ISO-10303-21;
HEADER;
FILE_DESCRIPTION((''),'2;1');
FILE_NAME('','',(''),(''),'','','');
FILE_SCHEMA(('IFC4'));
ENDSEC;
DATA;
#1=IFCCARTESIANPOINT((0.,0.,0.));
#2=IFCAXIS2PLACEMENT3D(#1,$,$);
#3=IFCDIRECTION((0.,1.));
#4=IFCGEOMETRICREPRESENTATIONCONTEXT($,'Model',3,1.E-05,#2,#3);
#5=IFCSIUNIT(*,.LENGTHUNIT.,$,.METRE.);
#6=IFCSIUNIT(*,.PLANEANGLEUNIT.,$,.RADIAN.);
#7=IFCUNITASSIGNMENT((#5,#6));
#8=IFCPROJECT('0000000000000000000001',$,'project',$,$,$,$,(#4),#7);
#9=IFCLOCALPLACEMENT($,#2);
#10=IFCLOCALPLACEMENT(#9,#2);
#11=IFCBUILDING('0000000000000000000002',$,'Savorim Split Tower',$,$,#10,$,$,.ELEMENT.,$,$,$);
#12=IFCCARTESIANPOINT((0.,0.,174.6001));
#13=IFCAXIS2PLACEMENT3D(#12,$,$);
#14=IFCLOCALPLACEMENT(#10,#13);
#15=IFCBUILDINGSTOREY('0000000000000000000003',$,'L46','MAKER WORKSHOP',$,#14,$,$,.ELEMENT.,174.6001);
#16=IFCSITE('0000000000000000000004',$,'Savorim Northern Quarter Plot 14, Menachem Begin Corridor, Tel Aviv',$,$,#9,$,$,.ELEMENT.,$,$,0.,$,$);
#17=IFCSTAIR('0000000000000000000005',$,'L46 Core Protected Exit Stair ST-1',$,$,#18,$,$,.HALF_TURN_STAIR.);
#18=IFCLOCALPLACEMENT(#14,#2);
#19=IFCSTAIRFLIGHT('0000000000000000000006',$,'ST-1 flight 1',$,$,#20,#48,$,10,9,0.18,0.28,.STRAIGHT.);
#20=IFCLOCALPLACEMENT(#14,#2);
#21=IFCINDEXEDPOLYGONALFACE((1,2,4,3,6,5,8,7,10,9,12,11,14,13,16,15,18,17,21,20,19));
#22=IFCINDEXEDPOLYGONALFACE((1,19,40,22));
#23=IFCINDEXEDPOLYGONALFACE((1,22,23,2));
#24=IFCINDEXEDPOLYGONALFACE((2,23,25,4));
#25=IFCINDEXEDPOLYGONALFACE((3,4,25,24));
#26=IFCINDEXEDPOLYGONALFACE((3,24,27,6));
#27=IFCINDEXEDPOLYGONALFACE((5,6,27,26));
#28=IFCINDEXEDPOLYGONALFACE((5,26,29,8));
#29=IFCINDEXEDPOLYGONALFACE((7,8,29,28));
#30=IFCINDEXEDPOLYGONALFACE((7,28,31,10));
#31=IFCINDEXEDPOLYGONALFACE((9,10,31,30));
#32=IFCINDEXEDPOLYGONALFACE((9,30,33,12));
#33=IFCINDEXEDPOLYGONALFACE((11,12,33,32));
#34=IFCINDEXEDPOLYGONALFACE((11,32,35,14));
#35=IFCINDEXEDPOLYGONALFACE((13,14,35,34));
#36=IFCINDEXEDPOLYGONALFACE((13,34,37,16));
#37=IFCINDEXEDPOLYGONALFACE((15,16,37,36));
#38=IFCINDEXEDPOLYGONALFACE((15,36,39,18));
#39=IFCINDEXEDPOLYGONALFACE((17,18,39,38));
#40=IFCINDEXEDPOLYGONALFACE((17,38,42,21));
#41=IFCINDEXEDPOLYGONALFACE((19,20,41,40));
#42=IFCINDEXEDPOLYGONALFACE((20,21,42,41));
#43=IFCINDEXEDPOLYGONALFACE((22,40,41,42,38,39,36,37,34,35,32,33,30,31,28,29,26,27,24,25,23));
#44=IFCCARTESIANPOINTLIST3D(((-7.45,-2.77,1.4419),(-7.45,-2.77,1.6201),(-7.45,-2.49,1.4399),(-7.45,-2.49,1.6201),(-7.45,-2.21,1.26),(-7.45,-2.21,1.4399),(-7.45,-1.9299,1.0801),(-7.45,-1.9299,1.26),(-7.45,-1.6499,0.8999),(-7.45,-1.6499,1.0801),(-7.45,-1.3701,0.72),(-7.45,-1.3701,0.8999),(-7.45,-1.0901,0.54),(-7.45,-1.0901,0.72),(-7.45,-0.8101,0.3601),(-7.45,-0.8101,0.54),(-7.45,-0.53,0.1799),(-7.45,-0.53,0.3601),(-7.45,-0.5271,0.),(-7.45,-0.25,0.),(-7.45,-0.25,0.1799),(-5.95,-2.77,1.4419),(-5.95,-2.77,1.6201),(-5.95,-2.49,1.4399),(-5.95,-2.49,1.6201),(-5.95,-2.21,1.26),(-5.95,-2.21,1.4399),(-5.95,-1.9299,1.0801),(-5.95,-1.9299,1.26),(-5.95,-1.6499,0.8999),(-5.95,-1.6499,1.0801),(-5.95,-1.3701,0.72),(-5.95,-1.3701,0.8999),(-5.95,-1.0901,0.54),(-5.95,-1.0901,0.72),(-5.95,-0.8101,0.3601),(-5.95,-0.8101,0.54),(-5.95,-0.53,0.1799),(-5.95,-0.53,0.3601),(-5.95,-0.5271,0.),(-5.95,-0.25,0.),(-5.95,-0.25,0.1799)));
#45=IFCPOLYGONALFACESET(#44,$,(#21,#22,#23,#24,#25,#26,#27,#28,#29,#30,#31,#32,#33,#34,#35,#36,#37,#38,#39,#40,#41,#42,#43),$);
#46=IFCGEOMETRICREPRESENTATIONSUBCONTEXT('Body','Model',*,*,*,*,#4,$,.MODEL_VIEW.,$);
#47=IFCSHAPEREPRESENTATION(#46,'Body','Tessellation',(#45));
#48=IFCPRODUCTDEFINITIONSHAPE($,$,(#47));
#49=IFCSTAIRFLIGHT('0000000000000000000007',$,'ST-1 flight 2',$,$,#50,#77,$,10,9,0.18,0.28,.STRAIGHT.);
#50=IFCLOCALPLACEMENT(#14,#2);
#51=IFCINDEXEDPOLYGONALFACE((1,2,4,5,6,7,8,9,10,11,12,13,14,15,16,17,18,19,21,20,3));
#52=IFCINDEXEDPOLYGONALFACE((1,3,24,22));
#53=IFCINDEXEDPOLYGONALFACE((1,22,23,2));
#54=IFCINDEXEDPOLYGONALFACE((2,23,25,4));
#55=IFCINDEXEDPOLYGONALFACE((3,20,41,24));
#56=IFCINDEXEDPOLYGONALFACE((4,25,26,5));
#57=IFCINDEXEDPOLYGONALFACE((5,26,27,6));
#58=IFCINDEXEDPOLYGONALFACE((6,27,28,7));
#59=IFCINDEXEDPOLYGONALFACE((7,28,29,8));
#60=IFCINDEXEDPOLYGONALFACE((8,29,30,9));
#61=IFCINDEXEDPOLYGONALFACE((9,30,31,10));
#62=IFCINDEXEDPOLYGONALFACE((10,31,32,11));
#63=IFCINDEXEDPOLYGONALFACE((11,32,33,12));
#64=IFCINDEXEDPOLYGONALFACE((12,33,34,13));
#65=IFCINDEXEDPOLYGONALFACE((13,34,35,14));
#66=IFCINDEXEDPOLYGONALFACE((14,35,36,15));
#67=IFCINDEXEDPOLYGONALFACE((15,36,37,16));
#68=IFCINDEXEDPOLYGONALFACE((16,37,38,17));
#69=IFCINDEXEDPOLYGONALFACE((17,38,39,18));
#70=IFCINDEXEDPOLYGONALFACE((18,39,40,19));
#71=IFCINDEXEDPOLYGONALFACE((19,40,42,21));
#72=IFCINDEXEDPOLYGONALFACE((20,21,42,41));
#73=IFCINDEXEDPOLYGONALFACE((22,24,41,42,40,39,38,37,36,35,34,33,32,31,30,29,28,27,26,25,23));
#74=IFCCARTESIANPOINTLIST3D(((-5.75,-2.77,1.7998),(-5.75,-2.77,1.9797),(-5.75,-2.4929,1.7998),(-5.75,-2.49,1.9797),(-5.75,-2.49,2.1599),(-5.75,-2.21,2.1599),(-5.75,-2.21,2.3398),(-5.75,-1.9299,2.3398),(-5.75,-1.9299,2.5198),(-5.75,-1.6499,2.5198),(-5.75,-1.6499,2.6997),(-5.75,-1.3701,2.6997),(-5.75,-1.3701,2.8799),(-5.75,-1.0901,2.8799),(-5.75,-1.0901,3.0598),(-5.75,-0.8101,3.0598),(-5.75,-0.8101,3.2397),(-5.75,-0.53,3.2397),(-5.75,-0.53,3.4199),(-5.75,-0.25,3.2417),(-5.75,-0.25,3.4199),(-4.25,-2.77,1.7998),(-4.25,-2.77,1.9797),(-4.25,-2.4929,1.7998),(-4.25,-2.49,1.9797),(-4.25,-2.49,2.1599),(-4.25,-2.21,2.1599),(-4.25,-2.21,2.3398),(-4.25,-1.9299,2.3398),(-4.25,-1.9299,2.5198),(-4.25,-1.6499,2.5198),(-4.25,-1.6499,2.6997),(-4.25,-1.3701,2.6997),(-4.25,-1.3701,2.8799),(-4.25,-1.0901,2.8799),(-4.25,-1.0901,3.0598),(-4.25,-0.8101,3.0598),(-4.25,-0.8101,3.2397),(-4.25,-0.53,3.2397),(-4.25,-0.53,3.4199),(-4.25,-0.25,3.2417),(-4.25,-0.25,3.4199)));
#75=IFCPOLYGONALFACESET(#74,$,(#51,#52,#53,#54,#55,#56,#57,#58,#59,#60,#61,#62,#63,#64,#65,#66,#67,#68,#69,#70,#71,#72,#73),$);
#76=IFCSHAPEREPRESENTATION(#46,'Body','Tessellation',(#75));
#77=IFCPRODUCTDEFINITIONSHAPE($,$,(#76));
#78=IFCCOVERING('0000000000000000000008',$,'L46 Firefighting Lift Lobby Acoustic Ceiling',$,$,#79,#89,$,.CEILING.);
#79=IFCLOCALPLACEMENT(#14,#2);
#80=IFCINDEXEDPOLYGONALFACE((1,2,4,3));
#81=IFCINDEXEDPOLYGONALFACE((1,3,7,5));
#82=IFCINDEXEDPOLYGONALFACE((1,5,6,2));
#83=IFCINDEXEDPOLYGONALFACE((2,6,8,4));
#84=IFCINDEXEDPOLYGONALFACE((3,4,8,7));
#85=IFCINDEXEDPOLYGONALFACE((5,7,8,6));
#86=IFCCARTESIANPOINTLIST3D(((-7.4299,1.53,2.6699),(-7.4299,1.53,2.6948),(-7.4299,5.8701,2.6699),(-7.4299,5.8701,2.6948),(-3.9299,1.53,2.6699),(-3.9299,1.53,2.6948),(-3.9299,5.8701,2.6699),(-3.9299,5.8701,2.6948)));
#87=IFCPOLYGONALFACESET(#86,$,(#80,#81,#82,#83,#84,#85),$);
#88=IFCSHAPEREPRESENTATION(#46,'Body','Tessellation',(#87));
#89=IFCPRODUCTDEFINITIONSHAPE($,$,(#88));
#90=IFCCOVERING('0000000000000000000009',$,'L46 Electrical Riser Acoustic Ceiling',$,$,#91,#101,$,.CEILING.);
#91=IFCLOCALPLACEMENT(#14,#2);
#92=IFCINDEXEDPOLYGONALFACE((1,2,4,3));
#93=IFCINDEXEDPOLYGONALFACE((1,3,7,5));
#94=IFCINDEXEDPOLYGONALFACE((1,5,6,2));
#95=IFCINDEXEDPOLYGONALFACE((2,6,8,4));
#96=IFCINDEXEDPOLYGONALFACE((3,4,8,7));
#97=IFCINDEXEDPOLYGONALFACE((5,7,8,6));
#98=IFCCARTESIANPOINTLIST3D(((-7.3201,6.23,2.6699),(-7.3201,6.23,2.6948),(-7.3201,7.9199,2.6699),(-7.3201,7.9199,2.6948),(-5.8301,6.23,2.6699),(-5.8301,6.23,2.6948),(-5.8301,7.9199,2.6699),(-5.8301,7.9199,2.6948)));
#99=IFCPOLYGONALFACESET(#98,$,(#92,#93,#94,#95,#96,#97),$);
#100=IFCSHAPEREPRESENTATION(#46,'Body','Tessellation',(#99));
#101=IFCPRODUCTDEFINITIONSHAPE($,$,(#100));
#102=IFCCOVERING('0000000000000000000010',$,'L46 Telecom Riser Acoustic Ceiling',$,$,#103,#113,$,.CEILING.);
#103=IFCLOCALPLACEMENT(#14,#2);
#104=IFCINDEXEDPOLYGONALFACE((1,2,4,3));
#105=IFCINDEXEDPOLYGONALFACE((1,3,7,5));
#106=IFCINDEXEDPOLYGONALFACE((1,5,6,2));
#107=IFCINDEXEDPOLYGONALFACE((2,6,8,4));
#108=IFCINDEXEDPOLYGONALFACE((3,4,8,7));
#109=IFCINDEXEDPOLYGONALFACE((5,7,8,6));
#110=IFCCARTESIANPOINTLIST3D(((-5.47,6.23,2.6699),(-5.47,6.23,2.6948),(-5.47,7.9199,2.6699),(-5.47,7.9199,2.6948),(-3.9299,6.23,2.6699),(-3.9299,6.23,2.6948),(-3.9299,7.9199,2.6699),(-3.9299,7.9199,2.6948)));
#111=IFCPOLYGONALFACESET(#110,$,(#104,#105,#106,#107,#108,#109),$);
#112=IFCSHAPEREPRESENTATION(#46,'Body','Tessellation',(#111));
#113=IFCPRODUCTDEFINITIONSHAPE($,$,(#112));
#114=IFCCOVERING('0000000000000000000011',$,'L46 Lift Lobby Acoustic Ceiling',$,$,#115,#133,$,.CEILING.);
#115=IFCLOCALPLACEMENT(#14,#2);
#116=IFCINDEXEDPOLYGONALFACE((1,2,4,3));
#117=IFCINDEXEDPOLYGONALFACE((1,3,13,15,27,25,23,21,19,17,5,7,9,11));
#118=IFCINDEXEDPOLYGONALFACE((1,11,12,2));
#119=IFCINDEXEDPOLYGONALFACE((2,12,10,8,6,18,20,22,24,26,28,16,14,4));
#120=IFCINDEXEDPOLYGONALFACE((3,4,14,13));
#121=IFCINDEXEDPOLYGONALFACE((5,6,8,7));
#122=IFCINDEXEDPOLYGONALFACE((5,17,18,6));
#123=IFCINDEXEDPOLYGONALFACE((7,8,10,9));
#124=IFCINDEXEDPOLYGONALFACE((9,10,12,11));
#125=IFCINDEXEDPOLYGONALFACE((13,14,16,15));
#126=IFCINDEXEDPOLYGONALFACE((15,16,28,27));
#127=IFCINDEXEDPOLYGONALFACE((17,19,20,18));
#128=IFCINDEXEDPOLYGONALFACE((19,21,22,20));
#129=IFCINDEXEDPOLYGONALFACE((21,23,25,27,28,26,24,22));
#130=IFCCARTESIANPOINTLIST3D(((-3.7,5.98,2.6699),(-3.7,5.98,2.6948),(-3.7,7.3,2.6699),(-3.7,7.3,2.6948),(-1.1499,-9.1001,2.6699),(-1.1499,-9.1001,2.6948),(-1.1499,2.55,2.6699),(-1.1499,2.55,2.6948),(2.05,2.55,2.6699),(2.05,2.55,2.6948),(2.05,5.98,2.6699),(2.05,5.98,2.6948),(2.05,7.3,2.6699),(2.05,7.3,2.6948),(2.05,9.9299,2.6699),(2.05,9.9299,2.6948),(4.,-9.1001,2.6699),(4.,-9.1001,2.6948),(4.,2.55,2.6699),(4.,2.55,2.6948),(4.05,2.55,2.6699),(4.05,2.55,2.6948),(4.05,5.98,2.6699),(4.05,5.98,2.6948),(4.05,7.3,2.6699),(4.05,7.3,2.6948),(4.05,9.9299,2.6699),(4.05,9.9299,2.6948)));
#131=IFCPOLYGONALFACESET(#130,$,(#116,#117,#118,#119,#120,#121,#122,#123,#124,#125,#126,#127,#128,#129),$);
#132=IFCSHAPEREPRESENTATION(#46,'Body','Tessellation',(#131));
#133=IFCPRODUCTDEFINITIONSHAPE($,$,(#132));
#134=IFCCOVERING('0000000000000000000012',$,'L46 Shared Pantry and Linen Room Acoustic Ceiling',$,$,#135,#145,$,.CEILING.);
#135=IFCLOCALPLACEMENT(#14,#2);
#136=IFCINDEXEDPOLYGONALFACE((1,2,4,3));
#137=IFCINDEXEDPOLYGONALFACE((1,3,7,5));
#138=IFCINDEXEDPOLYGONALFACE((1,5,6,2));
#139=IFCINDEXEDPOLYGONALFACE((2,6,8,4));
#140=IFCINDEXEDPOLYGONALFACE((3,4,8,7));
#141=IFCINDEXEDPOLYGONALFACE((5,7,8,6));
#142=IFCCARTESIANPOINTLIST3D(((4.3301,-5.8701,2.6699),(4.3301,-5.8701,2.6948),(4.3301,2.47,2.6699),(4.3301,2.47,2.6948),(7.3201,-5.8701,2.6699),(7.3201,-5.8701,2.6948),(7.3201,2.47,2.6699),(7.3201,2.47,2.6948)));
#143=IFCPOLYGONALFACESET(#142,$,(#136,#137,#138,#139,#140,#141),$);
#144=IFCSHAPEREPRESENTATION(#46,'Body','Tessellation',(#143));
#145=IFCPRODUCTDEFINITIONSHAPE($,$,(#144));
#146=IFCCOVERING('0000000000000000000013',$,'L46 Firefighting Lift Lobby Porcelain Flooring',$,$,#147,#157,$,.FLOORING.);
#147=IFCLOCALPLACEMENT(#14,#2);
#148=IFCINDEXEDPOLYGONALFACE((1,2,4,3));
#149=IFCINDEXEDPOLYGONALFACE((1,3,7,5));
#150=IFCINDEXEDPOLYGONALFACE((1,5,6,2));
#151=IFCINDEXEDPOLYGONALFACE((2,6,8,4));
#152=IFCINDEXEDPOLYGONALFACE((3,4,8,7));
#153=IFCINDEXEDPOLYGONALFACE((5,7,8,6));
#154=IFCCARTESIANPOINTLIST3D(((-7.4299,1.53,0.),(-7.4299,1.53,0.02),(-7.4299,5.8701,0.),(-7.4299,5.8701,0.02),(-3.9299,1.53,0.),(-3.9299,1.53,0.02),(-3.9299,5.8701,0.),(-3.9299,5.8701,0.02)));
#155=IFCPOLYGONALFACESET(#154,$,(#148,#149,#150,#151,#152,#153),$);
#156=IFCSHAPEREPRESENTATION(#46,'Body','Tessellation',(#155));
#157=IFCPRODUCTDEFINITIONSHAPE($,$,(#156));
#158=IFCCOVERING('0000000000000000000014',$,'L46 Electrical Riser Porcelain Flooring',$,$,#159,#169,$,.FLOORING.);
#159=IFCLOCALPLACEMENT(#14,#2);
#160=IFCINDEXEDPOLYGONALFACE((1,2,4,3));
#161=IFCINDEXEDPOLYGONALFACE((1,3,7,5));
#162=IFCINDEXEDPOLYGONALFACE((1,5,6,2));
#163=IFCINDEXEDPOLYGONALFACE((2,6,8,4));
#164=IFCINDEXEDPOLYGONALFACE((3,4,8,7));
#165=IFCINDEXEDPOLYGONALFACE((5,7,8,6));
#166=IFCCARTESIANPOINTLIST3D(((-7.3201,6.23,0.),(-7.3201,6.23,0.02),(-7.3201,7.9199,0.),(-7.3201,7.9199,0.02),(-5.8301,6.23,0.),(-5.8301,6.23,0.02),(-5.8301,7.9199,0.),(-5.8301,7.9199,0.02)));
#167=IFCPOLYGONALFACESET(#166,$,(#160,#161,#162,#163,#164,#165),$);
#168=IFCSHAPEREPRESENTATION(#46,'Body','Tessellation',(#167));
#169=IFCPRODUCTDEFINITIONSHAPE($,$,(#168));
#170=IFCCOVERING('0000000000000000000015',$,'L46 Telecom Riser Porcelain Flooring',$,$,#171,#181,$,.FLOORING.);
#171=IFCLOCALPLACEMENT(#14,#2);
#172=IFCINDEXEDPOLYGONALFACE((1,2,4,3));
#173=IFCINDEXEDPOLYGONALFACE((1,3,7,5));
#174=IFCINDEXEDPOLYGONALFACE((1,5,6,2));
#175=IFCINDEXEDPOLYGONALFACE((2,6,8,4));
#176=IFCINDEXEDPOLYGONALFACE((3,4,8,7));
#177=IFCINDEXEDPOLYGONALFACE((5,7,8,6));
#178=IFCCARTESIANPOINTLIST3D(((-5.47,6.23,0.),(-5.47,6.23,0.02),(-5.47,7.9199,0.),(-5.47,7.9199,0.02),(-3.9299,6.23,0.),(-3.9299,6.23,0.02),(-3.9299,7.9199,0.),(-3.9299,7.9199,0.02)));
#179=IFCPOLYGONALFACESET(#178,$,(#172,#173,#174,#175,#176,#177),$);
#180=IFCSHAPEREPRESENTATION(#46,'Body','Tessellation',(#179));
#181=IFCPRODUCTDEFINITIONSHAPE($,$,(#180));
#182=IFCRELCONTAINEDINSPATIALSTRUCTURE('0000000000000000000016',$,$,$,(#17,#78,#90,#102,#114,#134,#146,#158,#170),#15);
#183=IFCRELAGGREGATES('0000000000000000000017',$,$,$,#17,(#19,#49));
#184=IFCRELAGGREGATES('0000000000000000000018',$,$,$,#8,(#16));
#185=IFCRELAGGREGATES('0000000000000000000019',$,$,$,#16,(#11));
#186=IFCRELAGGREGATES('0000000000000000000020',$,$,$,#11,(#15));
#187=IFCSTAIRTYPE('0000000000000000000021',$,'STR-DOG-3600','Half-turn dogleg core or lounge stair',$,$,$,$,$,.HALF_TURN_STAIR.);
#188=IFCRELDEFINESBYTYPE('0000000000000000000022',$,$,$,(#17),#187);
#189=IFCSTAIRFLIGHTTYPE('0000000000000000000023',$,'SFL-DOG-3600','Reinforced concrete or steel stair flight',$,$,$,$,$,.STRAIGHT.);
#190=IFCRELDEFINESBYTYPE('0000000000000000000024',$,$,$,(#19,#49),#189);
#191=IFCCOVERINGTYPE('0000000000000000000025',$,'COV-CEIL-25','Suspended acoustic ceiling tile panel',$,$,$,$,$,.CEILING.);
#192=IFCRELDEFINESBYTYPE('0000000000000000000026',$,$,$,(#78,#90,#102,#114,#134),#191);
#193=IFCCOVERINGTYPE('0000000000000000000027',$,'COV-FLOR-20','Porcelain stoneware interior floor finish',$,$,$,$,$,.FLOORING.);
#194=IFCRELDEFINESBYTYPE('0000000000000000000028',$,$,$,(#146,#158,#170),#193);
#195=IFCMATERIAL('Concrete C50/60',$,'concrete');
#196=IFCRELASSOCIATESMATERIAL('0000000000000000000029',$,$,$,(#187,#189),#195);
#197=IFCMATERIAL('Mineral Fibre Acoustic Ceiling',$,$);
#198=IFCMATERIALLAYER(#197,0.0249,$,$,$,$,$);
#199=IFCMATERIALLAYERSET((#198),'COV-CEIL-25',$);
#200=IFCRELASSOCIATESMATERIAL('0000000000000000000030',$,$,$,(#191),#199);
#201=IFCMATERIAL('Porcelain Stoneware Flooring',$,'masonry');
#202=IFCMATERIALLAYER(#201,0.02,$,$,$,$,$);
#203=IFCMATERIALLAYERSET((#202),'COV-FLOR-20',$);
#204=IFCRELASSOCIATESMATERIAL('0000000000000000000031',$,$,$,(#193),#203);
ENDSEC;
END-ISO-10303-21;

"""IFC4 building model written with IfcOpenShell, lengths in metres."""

from ifc_helpers import new_model, si_unit, direction, frame, origin, place, context, subcontext, project, spatial, polyline, outline, extrude, material, layer, layer_set, type_object, element, aggregate, save


model = new_model("IFC4")

# Units and contexts
model_context = context("Model", 3, precision=1e-05, world=origin(), true_north=direction((0.0, 1.0)))
body_context = subcontext(model_context, "Body", "Model", "MODEL_VIEW")
ifc_project = project(units=[si_unit("LENGTHUNIT", "METRE"), si_unit("PLANEANGLEUNIT", "RADIAN")], contexts=[model_context])

# Site, building, storey
site_placement = place(None, origin())
site = spatial("IfcSite", under=ifc_project, at=site_placement, Name="Savorim Northern Quarter Plot 14, Menachem Begin Corridor, Tel Aviv", CompositionType="ELEMENT", RefElevation=0.0)
building_placement = place(site_placement, origin())
building = spatial("IfcBuilding", under=site, at=building_placement, Name="Savorim Split Tower", CompositionType="ELEMENT")
storey_placement = place(building_placement, frame((0.0, 0.0, 174.6001)))
storey = spatial("IfcBuildingStorey", under=building, at=storey_placement, Name="L46", Description="MAKER WORKSHOP", CompositionType="ELEMENT", Elevation=174.6001)

# Shared definitions
ifc_material_1 = material(Name="Concrete C50/60", Category="concrete")

# Stair
stair_type = type_object("IfcStairType", Name="STR-DOG-3600", Description="Half-turn dogleg core or lounge stair", PredefinedType="HALF_TURN_STAIR", material=ifc_material_1)
stair_1_placement = place(storey_placement, origin())
stair_1 = element("IfcStair", 1, at=stair_1_placement, inside=storey, type_object=stair_type, Name="L46 Core Protected Exit Stair ST-1", PredefinedType="HALF_TURN_STAIR")

# Stair flights
stair_flight_type = type_object("IfcStairFlightType", Name="SFL-DOG-3600", Description="Reinforced concrete or steel stair flight", PredefinedType="STRAIGHT", material=ifc_material_1)
stair_flight_1_placement = place(storey_placement, frame((-6.7, -0.25, 0.0), z_axis=(0.0, 0.0, 1.0), x_axis=(0.0, -1.0, 0.0)))
stair_flight_1 = element("IfcStairFlight", 2, at=stair_flight_1_placement, type_object=stair_flight_type, Name="ST-1 flight 1", NumberOfRisers=10, NumberOfTreads=9, PredefinedType="STRAIGHT", RiserHeight=0.18, TreadLength=0.28, context=body_context, shape_type="SweptSolid", body=[
    extrude(outline(polyline([(0.0, 0.0), (0.0, 0.1799), (0.28, 0.1799), (0.28, 0.3601), (0.5601, 0.3601), (0.5601, 0.54), (0.8401, 0.54), (0.8401, 0.72), (1.1201, 0.72), (1.1201, 0.8999), (1.3999, 0.8999), (1.3999, 1.0801), (1.6799, 1.0801), (1.6799, 1.26), (1.96, 1.26), (1.96, 1.4399), (2.24, 1.4399), (2.24, 1.6201), (2.52, 1.6201), (2.52, 1.8), (2.52, 1.4419), (0.2771, 0.0), (0.0, 0.0)])), frame((0.0, 0.75, 0.0), z_axis=(0.0, -1.0, 0.0), x_axis=(1.0, 0.0, 0.0)), (0.0, 0.0, 1.0), 1.5),
])
stair_flight_2_placement = place(storey_placement, frame((-5.0, -2.77, 1.7998), z_axis=(0.0, 0.0, 1.0), x_axis=(0.0, 1.0, 0.0)))
stair_flight_2 = element("IfcStairFlight", 3, at=stair_flight_2_placement, type_object=stair_flight_type, Name="ST-1 flight 2", NumberOfRisers=10, NumberOfTreads=9, PredefinedType="STRAIGHT", RiserHeight=0.18, TreadLength=0.28, context=body_context, shape_type="SweptSolid", body=[
    extrude(outline(polyline([(0.0, 0.0), (0.0, 0.1799), (0.28, 0.1799), (0.28, 0.3601), (0.5601, 0.3601), (0.5601, 0.54), (0.8401, 0.54), (0.8401, 0.72), (1.1201, 0.72), (1.1201, 0.8999), (1.3999, 0.8999), (1.3999, 1.0801), (1.6799, 1.0801), (1.6799, 1.26), (1.96, 1.26), (1.96, 1.4399), (2.24, 1.4399), (2.24, 1.6201), (2.52, 1.6201), (2.52, 1.8), (2.52, 1.4419), (0.2771, 0.0), (0.0, 0.0)])), frame((0.0, 0.75, 0.0), z_axis=(0.0, -1.0, 0.0), x_axis=(1.0, 0.0, 0.0)), (0.0, 0.0, 1.0), 1.5),
])
aggregate(stair_1, [stair_flight_1, stair_flight_2])

# Coverings
ifc_material_2 = material(Name="Mineral Fibre Acoustic Ceiling")
ifc_layer_1 = layer(ifc_material_2, 0.0249)
ifc_layer_set_1 = layer_set([ifc_layer_1], Name="COV-CEIL-25")
covering_type_1 = type_object("IfcCoveringType", Name="COV-CEIL-25", Description="Suspended acoustic ceiling tile panel", PredefinedType="CEILING", material=ifc_layer_set_1)
covering_1_placement = place(storey_placement, frame((0.0, 0.0, 2.6699)))
element("IfcCovering", 4, at=covering_1_placement, inside=storey, type_object=covering_type_1, Name="L46 Firefighting Lift Lobby Acoustic Ceiling", PredefinedType="CEILING", context=body_context, shape_type="SweptSolid", body=[
    extrude(outline(polyline([(-7.4299, 5.8701), (-7.4299, 1.53), (-3.9299, 1.53), (-3.9299, 5.8701), (-7.4299, 5.8701)])), origin(), (0.0, 0.0, 1.0), 0.0249),
])
covering_2_placement = place(storey_placement, frame((0.0, 0.0, 2.6699)))
element("IfcCovering", 5, at=covering_2_placement, inside=storey, type_object=covering_type_1, Name="L46 Electrical Riser Acoustic Ceiling", PredefinedType="CEILING", context=body_context, shape_type="SweptSolid", body=[
    extrude(outline(polyline([(-7.3201, 7.9199), (-7.3201, 6.23), (-5.8301, 6.23), (-5.8301, 7.9199), (-7.3201, 7.9199)])), origin(), (0.0, 0.0, 1.0), 0.0249),
])
covering_3_placement = place(storey_placement, frame((0.0, 0.0, 2.6699)))
element("IfcCovering", 6, at=covering_3_placement, inside=storey, type_object=covering_type_1, Name="L46 Telecom Riser Acoustic Ceiling", PredefinedType="CEILING", context=body_context, shape_type="SweptSolid", body=[
    extrude(outline(polyline([(-5.47, 7.9199), (-5.47, 6.23), (-3.9299, 6.23), (-3.9299, 7.9199), (-5.47, 7.9199)])), origin(), (0.0, 0.0, 1.0), 0.0249),
])
covering_4_placement = place(storey_placement, frame((0.0, 0.0, 2.6699)))
element("IfcCovering", 7, at=covering_4_placement, inside=storey, type_object=covering_type_1, Name="L46 Lift Lobby Acoustic Ceiling", PredefinedType="CEILING", context=body_context, shape_type="SweptSolid", body=[
    extrude(outline(polyline([(2.05, 2.55), (-1.1499, 2.55), (-1.1499, -9.1001), (4.0, -9.1001), (4.0, 2.55), (4.05, 2.55), (4.05, 5.98), (4.05, 7.3), (4.05, 9.9299), (2.05, 9.9299), (2.05, 7.3), (-3.7, 7.3), (-3.7, 5.98), (2.05, 5.98), (2.05, 2.55)])), origin(), (0.0, 0.0, 1.0), 0.0249),
])
covering_5_placement = place(storey_placement, frame((0.0, 0.0, 2.6699)))
element("IfcCovering", 8, at=covering_5_placement, inside=storey, type_object=covering_type_1, Name="L46 Shared Pantry and Linen Room Acoustic Ceiling", PredefinedType="CEILING", context=body_context, shape_type="SweptSolid", body=[
    extrude(outline(polyline([(4.3301, 2.47), (4.3301, -5.8701), (7.3201, -5.8701), (7.3201, 2.47), (4.3301, 2.47)])), origin(), (0.0, 0.0, 1.0), 0.0249),
])
ifc_material_3 = material(Name="Porcelain Stoneware Flooring", Category="masonry")
ifc_layer_2 = layer(ifc_material_3, 0.02)
ifc_layer_set_2 = layer_set([ifc_layer_2], Name="COV-FLOR-20")
covering_type_2 = type_object("IfcCoveringType", Name="COV-FLOR-20", Description="Porcelain stoneware interior floor finish", PredefinedType="FLOORING", material=ifc_layer_set_2)
covering_6_placement = place(storey_placement, origin())
element("IfcCovering", 9, at=covering_6_placement, inside=storey, type_object=covering_type_2, Name="L46 Firefighting Lift Lobby Porcelain Flooring", PredefinedType="FLOORING", context=body_context, shape_type="SweptSolid", body=[
    extrude(outline(polyline([(-7.4299, 5.8701), (-7.4299, 1.53), (-3.9299, 1.53), (-3.9299, 5.8701), (-7.4299, 5.8701)])), origin(), (0.0, 0.0, 1.0), 0.02),
])
covering_7_placement = place(storey_placement, origin())
element("IfcCovering", 10, at=covering_7_placement, inside=storey, type_object=covering_type_2, Name="L46 Electrical Riser Porcelain Flooring", PredefinedType="FLOORING", context=body_context, shape_type="SweptSolid", body=[
    extrude(outline(polyline([(-7.3201, 7.9199), (-7.3201, 6.23), (-5.8301, 6.23), (-5.8301, 7.9199), (-7.3201, 7.9199)])), origin(), (0.0, 0.0, 1.0), 0.02),
])
covering_8_placement = place(storey_placement, origin())
element("IfcCovering", 11, at=covering_8_placement, inside=storey, type_object=covering_type_2, Name="L46 Telecom Riser Porcelain Flooring", PredefinedType="FLOORING", context=body_context, shape_type="SweptSolid", body=[
    extrude(outline(polyline([(-5.47, 7.9199), (-5.47, 6.23), (-3.9299, 6.23), (-3.9299, 7.9199), (-5.47, 7.9199)])), origin(), (0.0, 0.0, 1.0), 0.02),
])

save(model, "model.ifc")
